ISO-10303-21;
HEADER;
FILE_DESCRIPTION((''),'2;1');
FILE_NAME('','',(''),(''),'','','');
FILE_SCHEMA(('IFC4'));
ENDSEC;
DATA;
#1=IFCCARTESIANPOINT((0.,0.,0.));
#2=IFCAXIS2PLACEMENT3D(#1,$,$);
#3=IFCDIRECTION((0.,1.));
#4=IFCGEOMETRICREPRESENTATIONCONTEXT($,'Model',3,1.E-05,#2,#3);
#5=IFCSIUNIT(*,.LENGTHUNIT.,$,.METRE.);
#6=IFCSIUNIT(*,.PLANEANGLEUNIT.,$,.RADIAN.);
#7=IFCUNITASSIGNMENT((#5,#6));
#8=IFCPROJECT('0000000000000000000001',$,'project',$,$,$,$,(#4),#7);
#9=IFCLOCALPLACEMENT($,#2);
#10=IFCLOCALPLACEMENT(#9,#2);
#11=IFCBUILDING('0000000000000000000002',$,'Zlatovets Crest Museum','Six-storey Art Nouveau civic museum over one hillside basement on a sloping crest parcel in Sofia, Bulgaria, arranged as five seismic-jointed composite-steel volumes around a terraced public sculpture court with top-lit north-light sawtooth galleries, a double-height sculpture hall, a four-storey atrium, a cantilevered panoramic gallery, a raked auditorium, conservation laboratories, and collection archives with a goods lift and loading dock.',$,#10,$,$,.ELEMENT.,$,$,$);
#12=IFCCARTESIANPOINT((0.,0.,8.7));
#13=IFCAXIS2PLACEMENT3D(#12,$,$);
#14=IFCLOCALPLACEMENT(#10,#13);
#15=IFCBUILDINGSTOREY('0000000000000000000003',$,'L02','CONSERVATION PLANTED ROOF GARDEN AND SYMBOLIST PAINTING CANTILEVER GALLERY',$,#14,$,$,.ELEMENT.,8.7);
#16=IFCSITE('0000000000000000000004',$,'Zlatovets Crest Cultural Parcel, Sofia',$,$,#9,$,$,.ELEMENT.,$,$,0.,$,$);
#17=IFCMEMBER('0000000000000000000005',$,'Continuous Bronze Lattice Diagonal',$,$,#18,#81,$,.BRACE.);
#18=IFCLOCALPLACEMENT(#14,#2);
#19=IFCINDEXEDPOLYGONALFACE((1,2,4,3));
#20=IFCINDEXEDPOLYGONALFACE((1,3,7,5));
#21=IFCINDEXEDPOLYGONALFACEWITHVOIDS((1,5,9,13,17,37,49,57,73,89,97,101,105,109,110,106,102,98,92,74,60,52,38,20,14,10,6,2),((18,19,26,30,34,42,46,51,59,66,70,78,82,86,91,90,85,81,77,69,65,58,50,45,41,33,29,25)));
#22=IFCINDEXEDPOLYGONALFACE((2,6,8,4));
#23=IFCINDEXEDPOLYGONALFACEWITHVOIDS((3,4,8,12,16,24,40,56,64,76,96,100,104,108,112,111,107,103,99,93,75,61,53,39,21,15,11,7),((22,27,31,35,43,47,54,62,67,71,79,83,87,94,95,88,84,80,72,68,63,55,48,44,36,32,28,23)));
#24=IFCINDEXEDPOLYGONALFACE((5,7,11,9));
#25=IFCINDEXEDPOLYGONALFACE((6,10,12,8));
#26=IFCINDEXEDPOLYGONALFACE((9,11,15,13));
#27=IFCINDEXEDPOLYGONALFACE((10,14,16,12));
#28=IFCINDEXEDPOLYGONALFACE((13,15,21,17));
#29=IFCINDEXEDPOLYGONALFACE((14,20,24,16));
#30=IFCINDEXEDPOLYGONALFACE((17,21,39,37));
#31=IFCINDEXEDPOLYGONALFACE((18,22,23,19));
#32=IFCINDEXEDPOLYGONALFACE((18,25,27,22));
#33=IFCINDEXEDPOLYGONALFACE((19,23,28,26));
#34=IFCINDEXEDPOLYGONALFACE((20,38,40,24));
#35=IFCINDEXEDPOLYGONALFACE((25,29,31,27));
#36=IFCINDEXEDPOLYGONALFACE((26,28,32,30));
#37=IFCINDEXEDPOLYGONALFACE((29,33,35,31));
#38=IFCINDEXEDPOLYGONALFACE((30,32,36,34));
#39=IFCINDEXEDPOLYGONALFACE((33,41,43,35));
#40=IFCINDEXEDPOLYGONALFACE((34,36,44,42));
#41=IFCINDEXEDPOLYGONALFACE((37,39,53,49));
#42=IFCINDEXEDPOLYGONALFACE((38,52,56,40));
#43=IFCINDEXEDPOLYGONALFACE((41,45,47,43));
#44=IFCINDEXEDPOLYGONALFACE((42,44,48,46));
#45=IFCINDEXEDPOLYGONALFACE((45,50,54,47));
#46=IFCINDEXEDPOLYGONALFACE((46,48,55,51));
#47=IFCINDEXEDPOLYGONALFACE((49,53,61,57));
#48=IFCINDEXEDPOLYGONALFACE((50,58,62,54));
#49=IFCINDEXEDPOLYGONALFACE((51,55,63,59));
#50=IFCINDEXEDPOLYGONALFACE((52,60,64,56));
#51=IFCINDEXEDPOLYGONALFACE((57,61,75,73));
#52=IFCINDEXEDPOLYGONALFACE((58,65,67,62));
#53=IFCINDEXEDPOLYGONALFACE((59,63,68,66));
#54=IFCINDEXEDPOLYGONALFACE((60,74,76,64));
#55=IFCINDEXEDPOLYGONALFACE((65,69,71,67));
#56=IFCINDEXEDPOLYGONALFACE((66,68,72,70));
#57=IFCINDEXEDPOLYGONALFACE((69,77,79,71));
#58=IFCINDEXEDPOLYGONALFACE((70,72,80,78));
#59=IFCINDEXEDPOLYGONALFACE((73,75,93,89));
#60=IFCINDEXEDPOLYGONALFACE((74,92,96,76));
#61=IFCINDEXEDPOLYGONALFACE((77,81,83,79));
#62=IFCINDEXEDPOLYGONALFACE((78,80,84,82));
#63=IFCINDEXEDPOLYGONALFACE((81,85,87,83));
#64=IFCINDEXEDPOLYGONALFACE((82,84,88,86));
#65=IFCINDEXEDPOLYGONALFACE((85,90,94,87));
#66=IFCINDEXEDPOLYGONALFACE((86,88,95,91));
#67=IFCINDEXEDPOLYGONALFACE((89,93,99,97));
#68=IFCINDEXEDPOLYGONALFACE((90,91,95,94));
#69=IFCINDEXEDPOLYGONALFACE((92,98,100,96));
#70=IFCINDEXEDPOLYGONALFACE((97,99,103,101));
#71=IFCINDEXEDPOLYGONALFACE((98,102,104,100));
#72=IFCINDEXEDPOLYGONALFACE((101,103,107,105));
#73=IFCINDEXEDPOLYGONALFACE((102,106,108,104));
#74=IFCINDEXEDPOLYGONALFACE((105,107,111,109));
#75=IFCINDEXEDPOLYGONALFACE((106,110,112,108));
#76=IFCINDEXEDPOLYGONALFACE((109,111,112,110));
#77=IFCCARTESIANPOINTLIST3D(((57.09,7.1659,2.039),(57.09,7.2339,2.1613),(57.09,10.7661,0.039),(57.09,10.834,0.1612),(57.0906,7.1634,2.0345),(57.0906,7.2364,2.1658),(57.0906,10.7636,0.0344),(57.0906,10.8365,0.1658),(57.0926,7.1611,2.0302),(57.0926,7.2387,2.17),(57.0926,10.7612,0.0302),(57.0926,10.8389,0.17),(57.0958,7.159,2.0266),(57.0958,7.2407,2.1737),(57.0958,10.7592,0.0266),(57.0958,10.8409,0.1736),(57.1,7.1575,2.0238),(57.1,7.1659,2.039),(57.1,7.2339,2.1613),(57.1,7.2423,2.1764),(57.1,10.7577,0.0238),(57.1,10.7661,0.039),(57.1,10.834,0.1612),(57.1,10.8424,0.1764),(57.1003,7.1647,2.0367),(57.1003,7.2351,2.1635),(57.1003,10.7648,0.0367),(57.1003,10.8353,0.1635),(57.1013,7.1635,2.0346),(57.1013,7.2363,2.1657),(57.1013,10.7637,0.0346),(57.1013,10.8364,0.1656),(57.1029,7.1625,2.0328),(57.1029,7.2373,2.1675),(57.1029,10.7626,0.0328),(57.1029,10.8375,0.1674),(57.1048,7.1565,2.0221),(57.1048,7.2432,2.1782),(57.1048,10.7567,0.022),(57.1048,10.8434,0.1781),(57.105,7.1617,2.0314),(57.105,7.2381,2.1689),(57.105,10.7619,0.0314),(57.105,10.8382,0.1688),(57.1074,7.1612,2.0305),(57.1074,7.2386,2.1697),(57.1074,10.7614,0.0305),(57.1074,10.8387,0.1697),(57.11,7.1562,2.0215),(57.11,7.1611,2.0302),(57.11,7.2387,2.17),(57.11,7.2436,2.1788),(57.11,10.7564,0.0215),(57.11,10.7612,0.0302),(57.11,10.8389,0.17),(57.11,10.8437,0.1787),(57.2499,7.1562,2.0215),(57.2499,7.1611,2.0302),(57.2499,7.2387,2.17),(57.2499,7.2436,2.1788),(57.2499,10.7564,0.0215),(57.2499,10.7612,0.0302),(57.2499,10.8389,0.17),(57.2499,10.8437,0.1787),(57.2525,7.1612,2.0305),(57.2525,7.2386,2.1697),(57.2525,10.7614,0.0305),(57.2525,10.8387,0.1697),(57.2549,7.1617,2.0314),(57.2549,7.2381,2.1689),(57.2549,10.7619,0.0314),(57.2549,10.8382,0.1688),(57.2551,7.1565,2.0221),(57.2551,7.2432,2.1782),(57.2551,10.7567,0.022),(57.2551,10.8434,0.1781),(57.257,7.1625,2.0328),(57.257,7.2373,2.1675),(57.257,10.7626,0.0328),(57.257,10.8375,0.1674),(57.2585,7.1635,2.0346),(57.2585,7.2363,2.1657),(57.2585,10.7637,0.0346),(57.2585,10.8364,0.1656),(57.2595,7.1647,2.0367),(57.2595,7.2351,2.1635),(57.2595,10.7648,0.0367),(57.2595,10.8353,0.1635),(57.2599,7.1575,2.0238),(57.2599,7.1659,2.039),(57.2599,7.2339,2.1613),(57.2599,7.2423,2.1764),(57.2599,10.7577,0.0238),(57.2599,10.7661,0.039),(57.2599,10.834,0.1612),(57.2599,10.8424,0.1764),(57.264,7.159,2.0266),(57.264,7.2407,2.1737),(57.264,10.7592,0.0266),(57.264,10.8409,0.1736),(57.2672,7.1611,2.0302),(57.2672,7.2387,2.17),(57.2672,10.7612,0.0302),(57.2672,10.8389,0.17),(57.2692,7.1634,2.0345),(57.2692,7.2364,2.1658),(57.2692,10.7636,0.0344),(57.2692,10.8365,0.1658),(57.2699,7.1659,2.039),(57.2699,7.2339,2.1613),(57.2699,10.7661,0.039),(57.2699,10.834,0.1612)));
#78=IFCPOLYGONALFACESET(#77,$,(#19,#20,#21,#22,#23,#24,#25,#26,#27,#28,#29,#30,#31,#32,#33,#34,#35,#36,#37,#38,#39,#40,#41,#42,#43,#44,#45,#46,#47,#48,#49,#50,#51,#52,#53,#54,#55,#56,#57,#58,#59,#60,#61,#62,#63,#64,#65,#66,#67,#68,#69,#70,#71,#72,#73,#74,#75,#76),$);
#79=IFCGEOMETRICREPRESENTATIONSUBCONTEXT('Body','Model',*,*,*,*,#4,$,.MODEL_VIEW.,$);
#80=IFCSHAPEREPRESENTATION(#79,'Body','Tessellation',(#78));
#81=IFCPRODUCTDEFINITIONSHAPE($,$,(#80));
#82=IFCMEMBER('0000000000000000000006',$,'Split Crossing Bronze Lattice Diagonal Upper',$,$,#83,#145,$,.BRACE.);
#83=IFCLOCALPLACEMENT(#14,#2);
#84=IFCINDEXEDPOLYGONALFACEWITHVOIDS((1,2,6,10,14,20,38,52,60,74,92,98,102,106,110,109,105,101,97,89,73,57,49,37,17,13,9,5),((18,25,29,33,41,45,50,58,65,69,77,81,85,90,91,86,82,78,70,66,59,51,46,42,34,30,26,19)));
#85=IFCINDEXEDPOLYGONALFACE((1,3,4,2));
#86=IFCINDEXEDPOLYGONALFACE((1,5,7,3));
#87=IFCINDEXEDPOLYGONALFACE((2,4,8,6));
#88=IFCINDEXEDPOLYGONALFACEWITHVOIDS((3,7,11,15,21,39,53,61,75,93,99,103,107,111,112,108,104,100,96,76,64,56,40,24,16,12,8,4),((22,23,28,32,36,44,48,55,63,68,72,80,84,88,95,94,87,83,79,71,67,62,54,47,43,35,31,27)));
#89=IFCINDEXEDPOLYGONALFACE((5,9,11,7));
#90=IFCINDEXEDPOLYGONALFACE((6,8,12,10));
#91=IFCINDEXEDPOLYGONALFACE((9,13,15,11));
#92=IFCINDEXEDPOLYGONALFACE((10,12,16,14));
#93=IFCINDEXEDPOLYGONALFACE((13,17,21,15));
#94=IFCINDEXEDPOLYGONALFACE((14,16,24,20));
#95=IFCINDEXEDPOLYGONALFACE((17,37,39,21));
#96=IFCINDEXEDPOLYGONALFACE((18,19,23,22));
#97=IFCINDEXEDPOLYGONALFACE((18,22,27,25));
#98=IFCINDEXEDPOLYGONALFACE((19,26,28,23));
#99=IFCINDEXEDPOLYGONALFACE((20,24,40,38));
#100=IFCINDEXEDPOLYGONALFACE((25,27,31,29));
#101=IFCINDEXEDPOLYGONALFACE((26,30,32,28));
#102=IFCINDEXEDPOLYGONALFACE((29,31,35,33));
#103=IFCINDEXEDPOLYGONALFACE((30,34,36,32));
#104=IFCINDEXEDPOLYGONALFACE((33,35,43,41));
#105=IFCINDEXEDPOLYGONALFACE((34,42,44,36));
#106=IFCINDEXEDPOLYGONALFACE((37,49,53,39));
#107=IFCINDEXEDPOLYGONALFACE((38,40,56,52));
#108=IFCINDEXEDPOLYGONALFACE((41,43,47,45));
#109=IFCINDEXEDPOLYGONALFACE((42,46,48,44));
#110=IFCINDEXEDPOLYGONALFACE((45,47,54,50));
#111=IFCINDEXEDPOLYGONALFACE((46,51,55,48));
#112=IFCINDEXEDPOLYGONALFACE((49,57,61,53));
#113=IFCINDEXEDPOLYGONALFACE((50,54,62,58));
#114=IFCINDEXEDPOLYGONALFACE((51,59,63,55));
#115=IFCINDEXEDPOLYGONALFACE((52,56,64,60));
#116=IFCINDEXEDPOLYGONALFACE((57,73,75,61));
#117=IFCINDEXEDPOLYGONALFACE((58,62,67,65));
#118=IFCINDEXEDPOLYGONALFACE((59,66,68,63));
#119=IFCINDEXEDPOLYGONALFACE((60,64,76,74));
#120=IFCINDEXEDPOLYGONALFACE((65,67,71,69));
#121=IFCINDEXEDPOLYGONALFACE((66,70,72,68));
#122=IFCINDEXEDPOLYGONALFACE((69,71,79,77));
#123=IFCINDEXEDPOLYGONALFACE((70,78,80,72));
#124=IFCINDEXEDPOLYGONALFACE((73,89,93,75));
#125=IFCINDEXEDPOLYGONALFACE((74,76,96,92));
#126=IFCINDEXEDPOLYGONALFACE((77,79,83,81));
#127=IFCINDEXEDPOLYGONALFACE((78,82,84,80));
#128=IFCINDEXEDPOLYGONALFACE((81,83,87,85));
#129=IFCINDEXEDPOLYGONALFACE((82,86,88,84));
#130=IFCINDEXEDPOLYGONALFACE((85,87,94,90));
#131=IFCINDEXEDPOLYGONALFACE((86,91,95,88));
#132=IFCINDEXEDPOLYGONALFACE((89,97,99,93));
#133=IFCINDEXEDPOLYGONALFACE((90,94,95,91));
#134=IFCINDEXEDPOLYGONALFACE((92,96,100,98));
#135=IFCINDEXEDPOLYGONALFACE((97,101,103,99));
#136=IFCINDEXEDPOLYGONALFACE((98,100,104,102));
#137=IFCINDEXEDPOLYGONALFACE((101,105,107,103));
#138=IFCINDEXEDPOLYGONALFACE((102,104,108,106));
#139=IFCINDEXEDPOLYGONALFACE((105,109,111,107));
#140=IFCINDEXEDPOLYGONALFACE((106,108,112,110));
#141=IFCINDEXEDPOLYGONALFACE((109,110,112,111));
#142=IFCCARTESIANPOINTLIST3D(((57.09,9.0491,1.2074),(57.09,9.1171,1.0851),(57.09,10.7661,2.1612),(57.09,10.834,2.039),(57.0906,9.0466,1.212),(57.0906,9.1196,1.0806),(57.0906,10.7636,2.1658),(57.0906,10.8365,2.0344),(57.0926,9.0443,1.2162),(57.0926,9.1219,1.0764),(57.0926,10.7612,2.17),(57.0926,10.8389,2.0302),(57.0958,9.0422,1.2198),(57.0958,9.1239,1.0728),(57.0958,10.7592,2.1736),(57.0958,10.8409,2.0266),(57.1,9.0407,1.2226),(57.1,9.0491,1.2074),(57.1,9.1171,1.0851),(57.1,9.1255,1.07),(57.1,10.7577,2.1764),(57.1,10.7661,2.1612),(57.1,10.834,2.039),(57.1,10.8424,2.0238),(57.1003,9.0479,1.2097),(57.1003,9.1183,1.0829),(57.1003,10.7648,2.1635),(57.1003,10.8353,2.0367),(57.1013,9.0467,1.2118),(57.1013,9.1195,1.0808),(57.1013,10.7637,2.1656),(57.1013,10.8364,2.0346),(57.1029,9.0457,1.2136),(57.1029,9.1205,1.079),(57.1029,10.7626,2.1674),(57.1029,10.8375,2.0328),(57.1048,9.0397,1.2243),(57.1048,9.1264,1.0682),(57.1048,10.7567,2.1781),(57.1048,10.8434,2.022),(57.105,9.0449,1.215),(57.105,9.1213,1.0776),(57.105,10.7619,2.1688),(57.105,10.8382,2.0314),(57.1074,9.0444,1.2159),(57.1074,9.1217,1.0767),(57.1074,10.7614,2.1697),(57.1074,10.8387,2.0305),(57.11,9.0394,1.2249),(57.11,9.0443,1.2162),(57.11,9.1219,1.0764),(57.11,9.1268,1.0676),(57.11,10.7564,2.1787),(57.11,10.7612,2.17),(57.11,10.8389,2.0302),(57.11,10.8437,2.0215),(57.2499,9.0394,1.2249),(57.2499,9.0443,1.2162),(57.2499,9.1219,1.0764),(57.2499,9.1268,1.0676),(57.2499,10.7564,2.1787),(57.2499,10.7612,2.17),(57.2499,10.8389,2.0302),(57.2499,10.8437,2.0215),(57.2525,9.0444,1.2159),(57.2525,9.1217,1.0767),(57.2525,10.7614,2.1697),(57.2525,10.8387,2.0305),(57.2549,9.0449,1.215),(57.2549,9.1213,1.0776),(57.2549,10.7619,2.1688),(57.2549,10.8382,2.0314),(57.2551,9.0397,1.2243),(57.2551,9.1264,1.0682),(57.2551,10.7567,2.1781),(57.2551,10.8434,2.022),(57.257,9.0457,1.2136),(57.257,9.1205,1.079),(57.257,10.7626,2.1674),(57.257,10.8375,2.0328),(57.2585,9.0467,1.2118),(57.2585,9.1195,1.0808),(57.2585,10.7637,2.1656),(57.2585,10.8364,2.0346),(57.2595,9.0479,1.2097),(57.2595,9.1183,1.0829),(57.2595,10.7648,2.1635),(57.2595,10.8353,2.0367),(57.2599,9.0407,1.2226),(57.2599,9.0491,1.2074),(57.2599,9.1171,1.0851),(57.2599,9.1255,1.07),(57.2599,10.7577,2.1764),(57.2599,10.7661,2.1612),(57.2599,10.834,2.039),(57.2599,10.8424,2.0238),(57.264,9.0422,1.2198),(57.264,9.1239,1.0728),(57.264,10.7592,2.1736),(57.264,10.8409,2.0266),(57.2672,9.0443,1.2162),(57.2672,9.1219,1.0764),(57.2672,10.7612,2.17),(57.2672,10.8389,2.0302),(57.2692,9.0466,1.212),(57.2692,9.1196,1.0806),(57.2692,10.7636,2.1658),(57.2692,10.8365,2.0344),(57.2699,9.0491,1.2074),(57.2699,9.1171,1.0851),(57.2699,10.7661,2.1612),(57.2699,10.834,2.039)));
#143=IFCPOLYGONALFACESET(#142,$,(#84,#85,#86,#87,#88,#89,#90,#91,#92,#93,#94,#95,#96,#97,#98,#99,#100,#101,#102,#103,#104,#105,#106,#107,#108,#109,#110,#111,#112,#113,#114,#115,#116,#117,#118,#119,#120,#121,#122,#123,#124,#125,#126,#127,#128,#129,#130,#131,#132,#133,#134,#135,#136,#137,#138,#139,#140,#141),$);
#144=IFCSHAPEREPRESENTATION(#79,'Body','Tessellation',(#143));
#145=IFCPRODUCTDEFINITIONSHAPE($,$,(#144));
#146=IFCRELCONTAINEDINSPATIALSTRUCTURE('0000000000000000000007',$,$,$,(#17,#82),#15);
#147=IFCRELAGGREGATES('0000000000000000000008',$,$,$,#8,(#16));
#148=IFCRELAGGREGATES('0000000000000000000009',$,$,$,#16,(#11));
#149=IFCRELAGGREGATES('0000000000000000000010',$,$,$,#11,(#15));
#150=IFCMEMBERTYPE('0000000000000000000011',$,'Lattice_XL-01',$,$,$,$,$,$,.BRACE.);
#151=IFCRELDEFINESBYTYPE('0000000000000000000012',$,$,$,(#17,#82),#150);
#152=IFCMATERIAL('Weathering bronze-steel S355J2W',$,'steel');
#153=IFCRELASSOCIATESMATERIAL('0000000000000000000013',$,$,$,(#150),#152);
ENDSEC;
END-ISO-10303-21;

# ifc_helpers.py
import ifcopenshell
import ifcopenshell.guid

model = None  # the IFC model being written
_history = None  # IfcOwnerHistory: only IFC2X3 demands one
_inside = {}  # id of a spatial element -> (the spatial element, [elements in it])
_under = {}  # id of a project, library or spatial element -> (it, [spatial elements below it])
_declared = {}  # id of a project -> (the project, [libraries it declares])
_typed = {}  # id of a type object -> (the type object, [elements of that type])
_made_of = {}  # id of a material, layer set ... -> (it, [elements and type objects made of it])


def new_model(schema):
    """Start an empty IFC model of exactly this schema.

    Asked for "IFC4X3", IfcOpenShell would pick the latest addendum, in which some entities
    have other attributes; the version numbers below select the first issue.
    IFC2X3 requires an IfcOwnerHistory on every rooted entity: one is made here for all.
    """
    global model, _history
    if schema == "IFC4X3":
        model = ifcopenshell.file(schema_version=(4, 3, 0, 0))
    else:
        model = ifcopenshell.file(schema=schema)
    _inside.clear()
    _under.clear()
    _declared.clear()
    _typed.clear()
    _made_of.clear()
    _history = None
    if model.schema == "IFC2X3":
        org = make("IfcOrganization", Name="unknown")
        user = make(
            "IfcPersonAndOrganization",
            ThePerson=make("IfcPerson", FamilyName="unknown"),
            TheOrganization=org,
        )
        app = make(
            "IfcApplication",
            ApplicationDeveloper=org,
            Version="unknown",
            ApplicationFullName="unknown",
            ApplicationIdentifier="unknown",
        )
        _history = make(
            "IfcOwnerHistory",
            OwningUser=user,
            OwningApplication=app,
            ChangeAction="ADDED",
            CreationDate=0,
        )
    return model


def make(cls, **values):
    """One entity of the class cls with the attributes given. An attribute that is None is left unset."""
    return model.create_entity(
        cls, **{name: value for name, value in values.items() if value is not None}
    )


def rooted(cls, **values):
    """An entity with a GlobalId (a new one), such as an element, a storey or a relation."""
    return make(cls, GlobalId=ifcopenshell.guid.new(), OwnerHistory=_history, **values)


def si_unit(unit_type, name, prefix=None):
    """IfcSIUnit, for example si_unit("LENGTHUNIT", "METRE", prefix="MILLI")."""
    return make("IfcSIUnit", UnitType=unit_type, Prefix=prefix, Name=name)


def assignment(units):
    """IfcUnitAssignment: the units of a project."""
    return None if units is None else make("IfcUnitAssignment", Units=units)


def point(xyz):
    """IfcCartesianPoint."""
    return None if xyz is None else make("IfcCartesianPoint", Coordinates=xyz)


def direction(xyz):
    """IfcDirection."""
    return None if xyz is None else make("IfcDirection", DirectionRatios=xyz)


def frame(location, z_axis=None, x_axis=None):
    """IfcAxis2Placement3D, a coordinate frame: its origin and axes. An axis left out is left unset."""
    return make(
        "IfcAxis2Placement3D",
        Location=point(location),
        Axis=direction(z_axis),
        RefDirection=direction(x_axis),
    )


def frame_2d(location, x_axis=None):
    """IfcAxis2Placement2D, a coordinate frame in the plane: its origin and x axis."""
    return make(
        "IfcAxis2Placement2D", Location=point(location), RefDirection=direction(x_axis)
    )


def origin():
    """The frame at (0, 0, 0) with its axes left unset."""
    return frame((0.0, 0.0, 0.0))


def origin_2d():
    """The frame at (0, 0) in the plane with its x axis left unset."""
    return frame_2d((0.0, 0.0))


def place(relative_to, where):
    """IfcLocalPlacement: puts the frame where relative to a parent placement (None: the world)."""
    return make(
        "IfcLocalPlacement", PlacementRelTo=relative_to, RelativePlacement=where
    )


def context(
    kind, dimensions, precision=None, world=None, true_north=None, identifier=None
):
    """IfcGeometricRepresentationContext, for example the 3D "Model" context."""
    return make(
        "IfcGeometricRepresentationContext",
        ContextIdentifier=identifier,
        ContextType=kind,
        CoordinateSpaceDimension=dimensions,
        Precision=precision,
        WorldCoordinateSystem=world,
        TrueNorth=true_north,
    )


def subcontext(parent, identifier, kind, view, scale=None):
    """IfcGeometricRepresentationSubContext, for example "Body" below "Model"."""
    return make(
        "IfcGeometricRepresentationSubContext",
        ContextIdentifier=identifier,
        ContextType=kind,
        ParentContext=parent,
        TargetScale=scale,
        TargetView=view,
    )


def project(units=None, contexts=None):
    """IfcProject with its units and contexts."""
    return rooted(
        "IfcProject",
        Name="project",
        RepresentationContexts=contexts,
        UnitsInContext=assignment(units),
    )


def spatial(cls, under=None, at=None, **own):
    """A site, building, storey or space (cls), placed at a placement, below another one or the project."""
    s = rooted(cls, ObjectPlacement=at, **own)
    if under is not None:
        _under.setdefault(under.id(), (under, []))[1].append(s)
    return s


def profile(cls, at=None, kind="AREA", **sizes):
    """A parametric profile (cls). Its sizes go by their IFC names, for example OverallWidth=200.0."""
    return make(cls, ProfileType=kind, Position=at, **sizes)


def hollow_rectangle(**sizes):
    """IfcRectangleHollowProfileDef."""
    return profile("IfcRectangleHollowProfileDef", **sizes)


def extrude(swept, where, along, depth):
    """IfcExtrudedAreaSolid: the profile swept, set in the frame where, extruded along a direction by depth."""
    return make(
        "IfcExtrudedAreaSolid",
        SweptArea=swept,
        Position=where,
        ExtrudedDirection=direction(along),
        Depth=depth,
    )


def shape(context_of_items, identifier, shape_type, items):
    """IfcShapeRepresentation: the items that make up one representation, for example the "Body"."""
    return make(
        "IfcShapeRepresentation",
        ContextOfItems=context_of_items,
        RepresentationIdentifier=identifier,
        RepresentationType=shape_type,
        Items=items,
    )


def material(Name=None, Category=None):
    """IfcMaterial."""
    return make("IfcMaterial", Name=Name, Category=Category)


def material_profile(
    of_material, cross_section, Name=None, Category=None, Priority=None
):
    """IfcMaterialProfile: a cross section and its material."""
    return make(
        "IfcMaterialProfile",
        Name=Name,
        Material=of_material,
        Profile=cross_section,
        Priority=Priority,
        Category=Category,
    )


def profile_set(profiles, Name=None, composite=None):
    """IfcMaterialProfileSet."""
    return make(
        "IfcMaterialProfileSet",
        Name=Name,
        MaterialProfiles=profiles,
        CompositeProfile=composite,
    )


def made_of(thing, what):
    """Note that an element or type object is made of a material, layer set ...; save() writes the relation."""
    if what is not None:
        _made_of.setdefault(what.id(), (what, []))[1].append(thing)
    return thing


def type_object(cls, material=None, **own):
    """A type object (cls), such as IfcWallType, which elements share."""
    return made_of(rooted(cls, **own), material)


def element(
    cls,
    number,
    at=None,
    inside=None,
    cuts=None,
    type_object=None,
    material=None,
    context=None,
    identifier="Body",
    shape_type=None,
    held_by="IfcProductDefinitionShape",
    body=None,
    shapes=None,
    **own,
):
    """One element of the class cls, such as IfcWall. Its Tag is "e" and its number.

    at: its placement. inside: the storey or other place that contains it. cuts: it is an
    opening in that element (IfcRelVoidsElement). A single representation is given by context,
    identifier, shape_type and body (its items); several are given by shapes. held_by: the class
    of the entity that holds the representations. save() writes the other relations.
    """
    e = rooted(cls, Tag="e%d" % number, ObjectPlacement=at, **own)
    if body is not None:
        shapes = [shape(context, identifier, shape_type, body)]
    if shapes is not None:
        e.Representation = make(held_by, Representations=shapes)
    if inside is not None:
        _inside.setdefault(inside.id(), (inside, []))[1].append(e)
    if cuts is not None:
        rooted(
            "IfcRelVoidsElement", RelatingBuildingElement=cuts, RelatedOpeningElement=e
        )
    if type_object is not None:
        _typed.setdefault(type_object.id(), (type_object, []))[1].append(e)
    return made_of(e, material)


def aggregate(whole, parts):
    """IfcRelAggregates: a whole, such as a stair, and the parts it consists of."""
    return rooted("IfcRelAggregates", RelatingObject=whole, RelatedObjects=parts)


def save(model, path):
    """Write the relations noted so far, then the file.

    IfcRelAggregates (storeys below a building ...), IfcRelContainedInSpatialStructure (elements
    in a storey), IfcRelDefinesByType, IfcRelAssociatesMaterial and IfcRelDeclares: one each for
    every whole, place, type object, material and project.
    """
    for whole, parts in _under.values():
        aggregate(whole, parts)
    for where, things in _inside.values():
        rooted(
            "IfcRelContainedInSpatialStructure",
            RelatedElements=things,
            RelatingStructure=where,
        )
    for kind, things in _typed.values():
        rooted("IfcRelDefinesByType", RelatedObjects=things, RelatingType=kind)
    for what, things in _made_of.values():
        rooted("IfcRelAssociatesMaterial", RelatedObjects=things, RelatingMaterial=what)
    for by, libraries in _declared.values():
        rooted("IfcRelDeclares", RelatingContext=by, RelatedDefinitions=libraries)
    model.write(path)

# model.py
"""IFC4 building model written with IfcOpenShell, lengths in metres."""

from ifc_helpers import new_model, si_unit, direction, frame, origin, origin_2d, place, context, subcontext, project, spatial, hollow_rectangle, extrude, material, material_profile, profile_set, type_object, element, save


model = new_model("IFC4")

# Units and contexts
model_context = context("Model", 3, precision=1e-05, world=origin(), true_north=direction((0.0, 1.0)))
body_context = subcontext(model_context, "Body", "Model", "MODEL_VIEW")
ifc_project = project(units=[si_unit("LENGTHUNIT", "METRE"), si_unit("PLANEANGLEUNIT", "RADIAN")], contexts=[model_context])

# Site, building, storey
site_placement = place(None, origin())
site = spatial("IfcSite", under=ifc_project, at=site_placement, Name="Zlatovets Crest Cultural Parcel, Sofia", CompositionType="ELEMENT", RefElevation=0.0)
building_placement = place(site_placement, origin())
building = spatial("IfcBuilding", under=site, at=building_placement, Name="Zlatovets Crest Museum", Description="Six-storey Art Nouveau civic museum over one hillside basement on a sloping crest parcel in Sofia, Bulgaria, arranged as five seismic-jointed composite-steel volumes around a terraced public sculpture court with top-lit north-light sawtooth galleries, a double-height sculpture hall, a four-storey atrium, a cantilevered panoramic gallery, a raked auditorium, conservation laboratories, and collection archives with a goods lift and loading dock.", CompositionType="ELEMENT")
storey_placement = place(building_placement, frame((0.0, 0.0, 8.7)))
storey = spatial("IfcBuildingStorey", under=building, at=storey_placement, Name="L02", Description="CONSERVATION PLANTED ROOF GARDEN AND SYMBOLIST PAINTING CANTILEVER GALLERY", CompositionType="ELEMENT", Elevation=8.7)

# Members
ifc_material_1 = material(Name="Weathering bronze-steel S355J2W", Category="steel")
ifc_material_profile_1 = material_profile(ifc_material_1, hollow_rectangle(XDim=0.1799, YDim=0.1799, WallThickness=0.01, InnerFilletRadius=0.01, OuterFilletRadius=0.02, at=origin_2d()), Name="SHS 180x180x10.0")
ifc_profile_set_1 = profile_set([ifc_material_profile_1], Name="Weathering bronze-steel S355J2W")
member_type_1 = type_object("IfcMemberType", Name="Lattice_XL-01", PredefinedType="BRACE", material=ifc_profile_set_1)
member_1_placement = place(storey_placement, frame((57.1799, 10.8, 0.1001), z_axis=(0.0, -0.874163, 0.485633), x_axis=(1.0, 0.0, 0.0)))
element("IfcMember", 1, at=member_1_placement, inside=storey, type_object=member_type_1, Name="Continuous Bronze Lattice Diagonal", PredefinedType="BRACE", context=body_context, shape_type="SweptSolid", body=[
    extrude(hollow_rectangle(XDim=0.1799, YDim=0.1799, WallThickness=0.01, InnerFilletRadius=0.01, OuterFilletRadius=0.02, at=origin_2d()), origin(), (0.0, 0.0, 1.0), 4.1184),
])
for number, where, z_axis, x_axis, name in (
    (2, (57.1799, 10.8, 2.1001), (0.0, -0.874169, -0.485622), (1.0, 0.0, 0.0), "Split Crossing Bronze Lattice Diagonal Upper"),
):
    element("IfcMember", number, at=place(storey_placement, frame(where, z_axis=z_axis, x_axis=x_axis)), inside=storey, type_object=member_type_1, Name=name, PredefinedType="BRACE", context=body_context, shape_type="SweptSolid", body=[
        extrude(hollow_rectangle(XDim=0.1799, YDim=0.1799, WallThickness=0.01, InnerFilletRadius=0.01, OuterFilletRadius=0.02, at=origin_2d()), origin(), (0.0, 0.0, 1.0), 1.9641),
    ])

save(model, "model.ifc")
